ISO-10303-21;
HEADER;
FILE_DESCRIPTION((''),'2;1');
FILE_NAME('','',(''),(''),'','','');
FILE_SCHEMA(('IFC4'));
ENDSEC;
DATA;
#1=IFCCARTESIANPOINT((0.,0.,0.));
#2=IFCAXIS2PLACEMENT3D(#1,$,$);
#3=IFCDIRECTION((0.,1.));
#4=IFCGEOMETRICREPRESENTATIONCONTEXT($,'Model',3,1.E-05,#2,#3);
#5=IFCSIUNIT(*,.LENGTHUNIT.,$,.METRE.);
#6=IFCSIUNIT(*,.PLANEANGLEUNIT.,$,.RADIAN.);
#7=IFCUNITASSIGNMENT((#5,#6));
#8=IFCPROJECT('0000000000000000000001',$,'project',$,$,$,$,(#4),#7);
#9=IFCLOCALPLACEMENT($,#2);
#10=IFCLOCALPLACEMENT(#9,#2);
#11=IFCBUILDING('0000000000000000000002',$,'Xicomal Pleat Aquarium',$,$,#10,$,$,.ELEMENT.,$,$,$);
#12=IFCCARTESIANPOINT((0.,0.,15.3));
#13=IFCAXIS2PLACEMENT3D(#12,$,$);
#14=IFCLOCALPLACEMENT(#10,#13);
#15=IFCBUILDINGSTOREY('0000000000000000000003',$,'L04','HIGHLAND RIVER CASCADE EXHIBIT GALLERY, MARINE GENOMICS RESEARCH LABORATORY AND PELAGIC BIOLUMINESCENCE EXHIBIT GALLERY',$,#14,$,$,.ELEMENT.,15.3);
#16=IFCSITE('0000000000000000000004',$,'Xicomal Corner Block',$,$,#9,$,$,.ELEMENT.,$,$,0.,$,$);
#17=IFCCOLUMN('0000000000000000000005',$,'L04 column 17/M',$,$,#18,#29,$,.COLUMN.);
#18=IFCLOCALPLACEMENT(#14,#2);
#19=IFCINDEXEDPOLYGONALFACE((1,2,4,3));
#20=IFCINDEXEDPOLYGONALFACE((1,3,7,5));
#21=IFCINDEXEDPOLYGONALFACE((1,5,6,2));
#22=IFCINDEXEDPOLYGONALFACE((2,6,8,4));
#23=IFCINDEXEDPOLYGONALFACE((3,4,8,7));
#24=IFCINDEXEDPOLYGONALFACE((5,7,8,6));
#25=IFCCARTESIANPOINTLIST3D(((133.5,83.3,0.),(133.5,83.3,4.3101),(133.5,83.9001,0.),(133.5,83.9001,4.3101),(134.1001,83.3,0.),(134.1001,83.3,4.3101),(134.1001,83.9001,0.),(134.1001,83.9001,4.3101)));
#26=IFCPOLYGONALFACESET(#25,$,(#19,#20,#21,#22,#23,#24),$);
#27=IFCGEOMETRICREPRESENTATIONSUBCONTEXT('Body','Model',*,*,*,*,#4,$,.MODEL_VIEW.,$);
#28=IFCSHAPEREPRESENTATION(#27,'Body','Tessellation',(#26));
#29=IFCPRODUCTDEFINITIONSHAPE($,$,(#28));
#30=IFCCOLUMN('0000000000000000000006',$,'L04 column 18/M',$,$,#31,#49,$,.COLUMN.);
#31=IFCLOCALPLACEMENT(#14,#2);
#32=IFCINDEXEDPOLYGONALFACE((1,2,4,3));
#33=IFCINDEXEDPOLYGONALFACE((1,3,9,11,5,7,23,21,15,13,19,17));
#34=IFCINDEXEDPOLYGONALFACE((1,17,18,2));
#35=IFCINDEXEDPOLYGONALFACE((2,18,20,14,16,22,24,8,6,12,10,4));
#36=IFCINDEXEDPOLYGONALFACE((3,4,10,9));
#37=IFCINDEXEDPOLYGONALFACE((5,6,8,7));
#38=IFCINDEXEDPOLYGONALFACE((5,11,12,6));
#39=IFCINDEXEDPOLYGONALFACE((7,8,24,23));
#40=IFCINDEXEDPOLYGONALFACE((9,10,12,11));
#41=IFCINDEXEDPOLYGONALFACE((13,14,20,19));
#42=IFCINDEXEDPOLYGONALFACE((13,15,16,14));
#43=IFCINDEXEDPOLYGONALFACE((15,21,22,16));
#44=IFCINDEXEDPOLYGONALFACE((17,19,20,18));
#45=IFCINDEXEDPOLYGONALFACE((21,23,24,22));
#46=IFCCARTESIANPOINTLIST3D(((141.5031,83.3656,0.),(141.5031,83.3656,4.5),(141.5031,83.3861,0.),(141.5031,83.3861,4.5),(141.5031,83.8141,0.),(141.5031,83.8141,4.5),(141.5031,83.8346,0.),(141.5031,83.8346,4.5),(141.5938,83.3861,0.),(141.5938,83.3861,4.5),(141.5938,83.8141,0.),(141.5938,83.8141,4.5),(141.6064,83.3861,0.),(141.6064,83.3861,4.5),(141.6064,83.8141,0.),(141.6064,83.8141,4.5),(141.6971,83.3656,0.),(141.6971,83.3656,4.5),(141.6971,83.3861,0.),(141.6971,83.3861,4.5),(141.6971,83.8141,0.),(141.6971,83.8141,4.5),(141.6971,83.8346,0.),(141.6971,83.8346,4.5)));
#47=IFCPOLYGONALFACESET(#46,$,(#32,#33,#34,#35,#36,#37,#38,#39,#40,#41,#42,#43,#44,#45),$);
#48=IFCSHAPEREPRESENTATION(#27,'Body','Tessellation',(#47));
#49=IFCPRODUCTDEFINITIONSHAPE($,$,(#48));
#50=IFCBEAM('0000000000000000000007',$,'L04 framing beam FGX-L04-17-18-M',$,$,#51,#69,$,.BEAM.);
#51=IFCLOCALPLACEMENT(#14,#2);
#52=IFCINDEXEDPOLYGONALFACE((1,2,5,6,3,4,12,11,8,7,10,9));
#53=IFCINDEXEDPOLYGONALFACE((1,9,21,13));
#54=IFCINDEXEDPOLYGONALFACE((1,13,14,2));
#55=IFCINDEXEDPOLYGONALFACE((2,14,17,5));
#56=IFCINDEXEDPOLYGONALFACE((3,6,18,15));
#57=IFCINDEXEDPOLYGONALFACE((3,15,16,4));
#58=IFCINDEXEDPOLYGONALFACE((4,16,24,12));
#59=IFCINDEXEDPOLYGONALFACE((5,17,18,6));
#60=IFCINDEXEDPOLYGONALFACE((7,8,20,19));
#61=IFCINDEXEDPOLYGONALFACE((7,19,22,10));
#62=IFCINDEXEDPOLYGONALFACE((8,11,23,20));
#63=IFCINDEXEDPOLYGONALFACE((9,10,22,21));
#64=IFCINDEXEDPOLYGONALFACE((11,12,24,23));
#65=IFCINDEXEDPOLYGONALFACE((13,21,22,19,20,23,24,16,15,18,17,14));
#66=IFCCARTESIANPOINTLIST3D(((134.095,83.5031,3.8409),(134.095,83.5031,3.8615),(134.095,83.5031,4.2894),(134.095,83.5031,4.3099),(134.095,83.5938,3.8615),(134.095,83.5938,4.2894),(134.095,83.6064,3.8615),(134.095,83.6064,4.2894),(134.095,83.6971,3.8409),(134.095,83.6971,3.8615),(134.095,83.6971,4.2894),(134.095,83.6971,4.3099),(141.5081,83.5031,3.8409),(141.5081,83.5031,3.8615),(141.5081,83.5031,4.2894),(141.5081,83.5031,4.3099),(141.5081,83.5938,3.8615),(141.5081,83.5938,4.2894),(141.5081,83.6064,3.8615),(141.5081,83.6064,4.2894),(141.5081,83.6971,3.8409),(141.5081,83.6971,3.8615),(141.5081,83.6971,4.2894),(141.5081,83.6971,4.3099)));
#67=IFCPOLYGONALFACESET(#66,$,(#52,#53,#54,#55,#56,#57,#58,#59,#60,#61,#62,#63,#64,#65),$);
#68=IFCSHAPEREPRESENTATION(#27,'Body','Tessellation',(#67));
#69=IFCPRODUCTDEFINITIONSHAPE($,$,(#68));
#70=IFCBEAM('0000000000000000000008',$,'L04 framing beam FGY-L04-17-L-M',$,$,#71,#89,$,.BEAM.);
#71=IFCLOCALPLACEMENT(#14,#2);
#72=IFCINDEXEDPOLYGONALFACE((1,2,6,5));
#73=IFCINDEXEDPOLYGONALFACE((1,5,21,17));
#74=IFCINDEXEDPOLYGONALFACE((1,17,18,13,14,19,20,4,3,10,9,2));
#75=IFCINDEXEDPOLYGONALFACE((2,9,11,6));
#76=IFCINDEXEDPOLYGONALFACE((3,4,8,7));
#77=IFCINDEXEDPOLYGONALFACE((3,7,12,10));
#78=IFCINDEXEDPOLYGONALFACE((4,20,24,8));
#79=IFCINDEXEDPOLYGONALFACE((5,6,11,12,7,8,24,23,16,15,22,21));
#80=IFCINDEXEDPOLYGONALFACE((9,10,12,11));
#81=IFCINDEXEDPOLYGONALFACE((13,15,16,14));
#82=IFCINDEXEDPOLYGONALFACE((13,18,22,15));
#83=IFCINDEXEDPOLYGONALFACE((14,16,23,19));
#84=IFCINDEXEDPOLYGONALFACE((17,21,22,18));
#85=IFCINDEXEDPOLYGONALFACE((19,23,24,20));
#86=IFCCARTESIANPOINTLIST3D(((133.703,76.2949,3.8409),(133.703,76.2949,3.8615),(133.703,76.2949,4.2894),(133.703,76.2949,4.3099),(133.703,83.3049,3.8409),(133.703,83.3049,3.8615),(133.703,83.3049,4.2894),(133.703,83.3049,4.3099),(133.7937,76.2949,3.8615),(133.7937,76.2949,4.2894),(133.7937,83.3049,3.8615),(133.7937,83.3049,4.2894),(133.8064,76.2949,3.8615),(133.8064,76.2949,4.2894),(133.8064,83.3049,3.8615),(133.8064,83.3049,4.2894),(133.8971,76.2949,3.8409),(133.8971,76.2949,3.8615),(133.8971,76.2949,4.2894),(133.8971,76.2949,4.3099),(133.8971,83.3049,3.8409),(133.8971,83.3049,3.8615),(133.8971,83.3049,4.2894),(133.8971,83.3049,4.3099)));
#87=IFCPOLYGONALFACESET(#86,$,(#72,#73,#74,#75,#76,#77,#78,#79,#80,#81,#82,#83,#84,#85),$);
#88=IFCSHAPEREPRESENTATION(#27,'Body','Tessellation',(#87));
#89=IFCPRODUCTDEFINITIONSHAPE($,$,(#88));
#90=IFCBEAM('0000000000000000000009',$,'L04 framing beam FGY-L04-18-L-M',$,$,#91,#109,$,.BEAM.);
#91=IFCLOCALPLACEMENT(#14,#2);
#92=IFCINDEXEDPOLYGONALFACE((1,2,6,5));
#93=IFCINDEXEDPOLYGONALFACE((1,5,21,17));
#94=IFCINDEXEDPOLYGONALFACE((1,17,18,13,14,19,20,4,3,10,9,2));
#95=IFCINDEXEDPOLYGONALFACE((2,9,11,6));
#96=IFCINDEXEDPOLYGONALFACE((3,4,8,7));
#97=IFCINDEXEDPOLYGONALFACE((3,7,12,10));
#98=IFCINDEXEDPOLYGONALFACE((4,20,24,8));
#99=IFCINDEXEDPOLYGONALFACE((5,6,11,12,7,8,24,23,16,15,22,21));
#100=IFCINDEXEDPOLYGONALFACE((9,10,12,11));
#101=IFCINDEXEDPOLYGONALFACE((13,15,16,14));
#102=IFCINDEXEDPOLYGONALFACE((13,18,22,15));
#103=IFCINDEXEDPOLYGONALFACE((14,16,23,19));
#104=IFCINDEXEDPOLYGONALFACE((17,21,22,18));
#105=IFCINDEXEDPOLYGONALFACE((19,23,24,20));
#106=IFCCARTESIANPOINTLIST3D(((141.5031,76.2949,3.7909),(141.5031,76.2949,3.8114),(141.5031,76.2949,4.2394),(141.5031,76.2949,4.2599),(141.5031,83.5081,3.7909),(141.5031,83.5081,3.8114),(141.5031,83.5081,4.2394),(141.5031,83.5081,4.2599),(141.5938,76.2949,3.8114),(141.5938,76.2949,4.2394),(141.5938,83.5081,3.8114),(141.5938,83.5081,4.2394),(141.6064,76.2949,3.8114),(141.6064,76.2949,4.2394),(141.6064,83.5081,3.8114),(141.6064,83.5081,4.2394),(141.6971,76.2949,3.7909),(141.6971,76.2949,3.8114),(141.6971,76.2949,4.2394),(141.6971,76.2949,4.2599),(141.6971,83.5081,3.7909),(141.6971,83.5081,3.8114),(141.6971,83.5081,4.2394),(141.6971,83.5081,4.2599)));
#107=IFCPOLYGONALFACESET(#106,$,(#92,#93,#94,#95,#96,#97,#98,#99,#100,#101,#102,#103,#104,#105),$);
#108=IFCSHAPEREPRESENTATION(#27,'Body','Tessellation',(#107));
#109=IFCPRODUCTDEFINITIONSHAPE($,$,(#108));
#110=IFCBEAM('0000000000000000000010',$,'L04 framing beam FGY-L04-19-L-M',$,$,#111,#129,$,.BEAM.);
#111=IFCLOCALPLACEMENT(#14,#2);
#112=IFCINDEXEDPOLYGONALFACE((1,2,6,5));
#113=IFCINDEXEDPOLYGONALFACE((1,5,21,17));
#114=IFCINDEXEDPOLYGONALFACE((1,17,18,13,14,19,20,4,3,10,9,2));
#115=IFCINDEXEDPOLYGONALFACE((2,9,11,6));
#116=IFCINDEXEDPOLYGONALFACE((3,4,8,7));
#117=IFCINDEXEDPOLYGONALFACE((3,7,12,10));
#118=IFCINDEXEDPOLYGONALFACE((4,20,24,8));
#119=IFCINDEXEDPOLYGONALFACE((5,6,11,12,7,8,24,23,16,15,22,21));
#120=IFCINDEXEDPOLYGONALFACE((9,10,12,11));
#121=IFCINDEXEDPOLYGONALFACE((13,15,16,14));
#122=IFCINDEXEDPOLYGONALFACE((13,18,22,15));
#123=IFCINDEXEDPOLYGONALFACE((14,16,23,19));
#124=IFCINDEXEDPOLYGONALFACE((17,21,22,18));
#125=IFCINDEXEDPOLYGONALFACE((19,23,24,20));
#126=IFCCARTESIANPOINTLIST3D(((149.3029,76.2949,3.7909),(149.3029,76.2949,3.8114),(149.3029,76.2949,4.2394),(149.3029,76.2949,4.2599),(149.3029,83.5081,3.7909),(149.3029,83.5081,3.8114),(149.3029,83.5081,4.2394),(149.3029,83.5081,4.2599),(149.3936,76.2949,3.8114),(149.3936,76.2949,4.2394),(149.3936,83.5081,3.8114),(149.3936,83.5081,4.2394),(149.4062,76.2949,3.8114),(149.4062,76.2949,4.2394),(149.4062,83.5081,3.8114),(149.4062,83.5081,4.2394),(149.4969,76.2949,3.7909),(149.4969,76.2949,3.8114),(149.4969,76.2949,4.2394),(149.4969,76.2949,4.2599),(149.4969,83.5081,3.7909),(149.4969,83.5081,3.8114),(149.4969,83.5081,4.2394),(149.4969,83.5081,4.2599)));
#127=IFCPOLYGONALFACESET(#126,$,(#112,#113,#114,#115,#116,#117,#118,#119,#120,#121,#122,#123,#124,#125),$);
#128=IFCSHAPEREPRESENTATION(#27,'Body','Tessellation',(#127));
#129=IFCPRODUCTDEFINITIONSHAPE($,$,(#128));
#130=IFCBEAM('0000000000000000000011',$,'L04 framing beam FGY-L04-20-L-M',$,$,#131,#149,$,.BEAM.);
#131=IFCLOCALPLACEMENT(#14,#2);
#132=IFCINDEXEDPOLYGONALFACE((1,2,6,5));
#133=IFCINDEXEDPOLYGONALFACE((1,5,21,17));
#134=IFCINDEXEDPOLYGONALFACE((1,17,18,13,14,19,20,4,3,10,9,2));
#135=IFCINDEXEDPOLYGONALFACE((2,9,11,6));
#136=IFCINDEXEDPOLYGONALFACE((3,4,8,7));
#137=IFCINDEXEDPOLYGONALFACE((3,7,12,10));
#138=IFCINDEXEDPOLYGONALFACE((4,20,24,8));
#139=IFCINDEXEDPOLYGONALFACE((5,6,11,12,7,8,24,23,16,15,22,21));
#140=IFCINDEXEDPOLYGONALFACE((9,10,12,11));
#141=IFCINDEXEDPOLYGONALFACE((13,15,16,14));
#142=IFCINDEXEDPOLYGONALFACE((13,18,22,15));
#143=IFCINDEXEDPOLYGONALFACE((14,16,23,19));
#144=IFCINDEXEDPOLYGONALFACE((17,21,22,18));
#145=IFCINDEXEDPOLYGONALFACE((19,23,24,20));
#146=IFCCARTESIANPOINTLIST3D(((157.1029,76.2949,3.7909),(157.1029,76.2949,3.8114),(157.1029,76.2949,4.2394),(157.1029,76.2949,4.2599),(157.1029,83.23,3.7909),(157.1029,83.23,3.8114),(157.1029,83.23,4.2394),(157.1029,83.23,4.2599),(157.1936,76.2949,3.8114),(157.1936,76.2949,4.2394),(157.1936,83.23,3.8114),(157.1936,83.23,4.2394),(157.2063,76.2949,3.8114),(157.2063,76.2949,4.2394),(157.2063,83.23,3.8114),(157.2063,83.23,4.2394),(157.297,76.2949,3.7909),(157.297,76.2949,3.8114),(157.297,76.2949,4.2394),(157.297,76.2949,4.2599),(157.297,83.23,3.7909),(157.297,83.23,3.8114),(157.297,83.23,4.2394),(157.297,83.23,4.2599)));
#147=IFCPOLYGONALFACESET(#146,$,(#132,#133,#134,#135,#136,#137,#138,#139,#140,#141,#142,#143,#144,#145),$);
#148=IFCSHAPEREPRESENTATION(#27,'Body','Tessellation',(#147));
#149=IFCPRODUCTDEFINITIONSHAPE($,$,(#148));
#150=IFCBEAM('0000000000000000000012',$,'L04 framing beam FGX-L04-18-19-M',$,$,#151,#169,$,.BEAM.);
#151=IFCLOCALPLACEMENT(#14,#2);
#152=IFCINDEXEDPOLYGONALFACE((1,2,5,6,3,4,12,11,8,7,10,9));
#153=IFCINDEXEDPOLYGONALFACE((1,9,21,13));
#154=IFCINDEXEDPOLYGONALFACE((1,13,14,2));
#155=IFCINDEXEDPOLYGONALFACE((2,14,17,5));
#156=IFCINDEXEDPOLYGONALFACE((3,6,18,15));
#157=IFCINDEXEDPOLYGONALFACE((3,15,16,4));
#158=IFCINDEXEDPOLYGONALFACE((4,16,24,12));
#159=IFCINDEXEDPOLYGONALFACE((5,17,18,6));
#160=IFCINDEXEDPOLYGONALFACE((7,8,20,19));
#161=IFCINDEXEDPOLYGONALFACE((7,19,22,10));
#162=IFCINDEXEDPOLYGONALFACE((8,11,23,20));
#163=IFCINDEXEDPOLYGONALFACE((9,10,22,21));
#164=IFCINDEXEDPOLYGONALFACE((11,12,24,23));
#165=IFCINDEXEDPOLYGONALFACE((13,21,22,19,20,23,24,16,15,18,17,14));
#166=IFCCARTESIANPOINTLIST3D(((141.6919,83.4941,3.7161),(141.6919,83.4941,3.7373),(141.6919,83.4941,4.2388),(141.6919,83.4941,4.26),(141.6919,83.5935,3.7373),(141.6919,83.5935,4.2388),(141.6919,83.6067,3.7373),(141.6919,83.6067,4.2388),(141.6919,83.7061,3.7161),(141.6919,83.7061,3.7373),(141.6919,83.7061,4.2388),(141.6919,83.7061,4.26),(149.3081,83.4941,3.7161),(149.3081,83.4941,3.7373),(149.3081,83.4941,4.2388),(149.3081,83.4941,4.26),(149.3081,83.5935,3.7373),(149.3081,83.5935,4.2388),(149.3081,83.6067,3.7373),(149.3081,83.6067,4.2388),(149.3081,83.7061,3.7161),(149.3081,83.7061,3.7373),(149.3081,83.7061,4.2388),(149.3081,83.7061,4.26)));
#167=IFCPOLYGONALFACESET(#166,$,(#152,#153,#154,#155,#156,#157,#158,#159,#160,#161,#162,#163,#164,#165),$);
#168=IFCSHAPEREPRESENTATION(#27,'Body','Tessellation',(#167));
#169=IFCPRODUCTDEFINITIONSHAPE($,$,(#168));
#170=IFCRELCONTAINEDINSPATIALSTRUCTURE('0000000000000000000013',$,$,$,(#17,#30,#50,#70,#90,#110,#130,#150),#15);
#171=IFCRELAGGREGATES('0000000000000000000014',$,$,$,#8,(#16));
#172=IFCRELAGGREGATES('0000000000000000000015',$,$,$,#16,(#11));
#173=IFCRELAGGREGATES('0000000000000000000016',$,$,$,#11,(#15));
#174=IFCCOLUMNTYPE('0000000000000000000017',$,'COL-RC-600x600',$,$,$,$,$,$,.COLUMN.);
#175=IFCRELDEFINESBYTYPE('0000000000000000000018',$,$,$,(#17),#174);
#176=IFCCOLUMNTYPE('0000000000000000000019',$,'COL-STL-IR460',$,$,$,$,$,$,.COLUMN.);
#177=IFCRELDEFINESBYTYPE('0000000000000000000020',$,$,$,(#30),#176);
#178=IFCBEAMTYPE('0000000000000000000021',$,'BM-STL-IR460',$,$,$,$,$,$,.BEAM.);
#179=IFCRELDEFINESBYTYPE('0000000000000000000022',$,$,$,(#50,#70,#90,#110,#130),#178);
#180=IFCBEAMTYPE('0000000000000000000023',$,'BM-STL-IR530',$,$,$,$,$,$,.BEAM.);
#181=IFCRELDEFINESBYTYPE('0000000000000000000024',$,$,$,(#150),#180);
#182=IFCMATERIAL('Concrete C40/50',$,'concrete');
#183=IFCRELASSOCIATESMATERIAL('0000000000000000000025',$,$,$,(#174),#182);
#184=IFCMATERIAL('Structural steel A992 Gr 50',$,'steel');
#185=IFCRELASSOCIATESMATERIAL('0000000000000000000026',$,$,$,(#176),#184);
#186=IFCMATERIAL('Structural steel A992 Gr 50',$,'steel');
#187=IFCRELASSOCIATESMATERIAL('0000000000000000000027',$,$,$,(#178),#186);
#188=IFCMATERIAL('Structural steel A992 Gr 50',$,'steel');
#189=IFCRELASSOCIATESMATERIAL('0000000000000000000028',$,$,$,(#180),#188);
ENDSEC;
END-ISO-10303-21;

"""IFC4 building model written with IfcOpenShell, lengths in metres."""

from ifc_helpers import new_model, si_unit, direction, frame, origin, origin_2d, place, context, subcontext, project, spatial, rectangle, i_section, extrude, material, material_profile, profile_set, type_object, element, save


model = new_model("IFC4")

# Units and contexts
model_context = context("Model", 3, precision=1e-05, world=origin(), true_north=direction((0.0, 1.0)))
body_context = subcontext(model_context, "Body", "Model", "MODEL_VIEW")
ifc_project = project(units=[si_unit("LENGTHUNIT", "METRE"), si_unit("PLANEANGLEUNIT", "RADIAN")], contexts=[model_context])

# Site, building, storey
site_placement = place(None, origin())
site = spatial("IfcSite", under=ifc_project, at=site_placement, Name="Xicomal Corner Block", CompositionType="ELEMENT", RefElevation=0.0)
building_placement = place(site_placement, origin())
building = spatial("IfcBuilding", under=site, at=building_placement, Name="Xicomal Pleat Aquarium", CompositionType="ELEMENT")
storey_placement = place(building_placement, frame((0.0, 0.0, 15.3)))
storey = spatial("IfcBuildingStorey", under=building, at=storey_placement, Name="L04", Description="HIGHLAND RIVER CASCADE EXHIBIT GALLERY, MARINE GENOMICS RESEARCH LABORATORY AND PELAGIC BIOLUMINESCENCE EXHIBIT GALLERY", CompositionType="ELEMENT", Elevation=15.3)

# Columns
ifc_material_1 = material(Name="Concrete C40/50", Category="concrete")
ifc_material_profile_1 = material_profile(ifc_material_1, rectangle(XDim=0.6001, YDim=0.6001, at=origin_2d()), Name="RC 600x600")
ifc_profile_set_1 = profile_set([ifc_material_profile_1], Name="Concrete C40/50")
column_type_1 = type_object("IfcColumnType", Name="COL-RC-600x600", PredefinedType="COLUMN", material=ifc_profile_set_1)
column_1_placement = place(storey_placement, frame((133.8, 83.6001, 0.0), z_axis=(0.0, 0.0, 1.0), x_axis=(1.0, 0.0, 0.0)))
element("IfcColumn", 1, at=column_1_placement, inside=storey, type_object=column_type_1, Name="L04 column 17/M", PredefinedType="COLUMN", context=body_context, shape_type="SweptSolid", body=[
    extrude(rectangle(XDim=0.6001, YDim=0.6001, at=origin_2d()), origin(), (0.0, 0.0, 1.0), 4.3101),
])
ifc_material_2 = material(Name="Structural steel A992 Gr 50", Category="steel")
ifc_material_profile_2 = material_profile(ifc_material_2, i_section(OverallWidth=0.1941, OverallDepth=0.469, WebThickness=0.0127, FlangeThickness=0.0205, at=origin_2d()), Name="IR 460x106")
ifc_profile_set_2 = profile_set([ifc_material_profile_2], Name="Structural steel A992 Gr 50")
column_type_2 = type_object("IfcColumnType", Name="COL-STL-IR460", PredefinedType="COLUMN", material=ifc_profile_set_2)
column_2_placement = place(storey_placement, frame((141.6001, 83.6001, 0.0), z_axis=(0.0, 0.0, 1.0), x_axis=(1.0, 0.0, 0.0)))
element("IfcColumn", 2, at=column_2_placement, inside=storey, type_object=column_type_2, Name="L04 column 18/M", PredefinedType="COLUMN", context=body_context, shape_type="SweptSolid", body=[
    extrude(i_section(OverallWidth=0.1941, OverallDepth=0.469, WebThickness=0.0127, FlangeThickness=0.0205, at=origin_2d()), origin(), (0.0, 0.0, 1.0), 4.5),
])

# Beams
ifc_material_3 = material(Name="Structural steel A992 Gr 50", Category="steel")
ifc_material_profile_3 = material_profile(ifc_material_3, i_section(OverallWidth=0.1941, OverallDepth=0.469, WebThickness=0.0127, FlangeThickness=0.0205, at=origin_2d()), Name="IR 460x106")
ifc_profile_set_3 = profile_set([ifc_material_profile_3], Name="Structural steel A992 Gr 50")
beam_type_1 = type_object("IfcBeamType", Name="BM-STL-IR460", PredefinedType="BEAM", material=ifc_profile_set_3)
beam_1_placement = place(storey_placement, frame((134.095, 83.6001, 4.0754), z_axis=(1.0, 0.0, 0.0), x_axis=(0.0, 1.0, 0.0)))
element("IfcBeam", 3, at=beam_1_placement, inside=storey, type_object=beam_type_1, Name="L04 framing beam FGX-L04-17-18-M", PredefinedType="BEAM", context=body_context, shape_type="SweptSolid", body=[
    extrude(i_section(OverallWidth=0.1941, OverallDepth=0.469, WebThickness=0.0127, FlangeThickness=0.0205, at=origin_2d()), origin(), (0.0, 0.0, 1.0), 7.4131),
])
beam_2_placement = place(storey_placement, frame((133.8, 76.2949, 4.0754), z_axis=(0.0, 1.0, 0.0), x_axis=(-1.0, 0.0, 0.0)))
element("IfcBeam", 4, at=beam_2_placement, inside=storey, type_object=beam_type_1, Name="L04 framing beam FGY-L04-17-L-M", PredefinedType="BEAM", context=body_context, shape_type="SweptSolid", body=[
    extrude(i_section(OverallWidth=0.1941, OverallDepth=0.469, WebThickness=0.0127, FlangeThickness=0.0205, at=origin_2d()), origin(), (0.0, 0.0, 1.0), 7.01),
])
for number, where, z_axis, x_axis, name in (
    (5, (141.6001, 76.2949, 4.0254), (0.0, 1.0, 0.0), (-1.0, 0.0, 0.0), "L04 framing beam FGY-L04-18-L-M"),
    (6, (149.3999, 76.2949, 4.0254), (0.0, 1.0, 0.0), (-1.0, 0.0, 0.0), "L04 framing beam FGY-L04-19-L-M"),
):
    element("IfcBeam", number, at=place(storey_placement, frame(where, z_axis=z_axis, x_axis=x_axis)), inside=storey, type_object=beam_type_1, Name=name, PredefinedType="BEAM", context=body_context, shape_type="SweptSolid", body=[
        extrude(i_section(OverallWidth=0.1941, OverallDepth=0.469, WebThickness=0.0127, FlangeThickness=0.0205, at=origin_2d()), origin(), (0.0, 0.0, 1.0), 7.2131),
    ])
beam_3_placement = place(storey_placement, frame((157.2, 76.2949, 4.0254), z_axis=(0.0, 1.0, 0.0), x_axis=(-1.0, 0.0, 0.0)))
element("IfcBeam", 7, at=beam_3_placement, inside=storey, type_object=beam_type_1, Name="L04 framing beam FGY-L04-20-L-M", PredefinedType="BEAM", context=body_context, shape_type="SweptSolid", body=[
    extrude(i_section(OverallWidth=0.1941, OverallDepth=0.469, WebThickness=0.0127, FlangeThickness=0.0205, at=origin_2d()), origin(), (0.0, 0.0, 1.0), 6.9351),
])
ifc_material_4 = material(Name="Structural steel A992 Gr 50", Category="steel")
ifc_material_profile_4 = material_profile(ifc_material_4, i_section(OverallWidth=0.2119, OverallDepth=0.5439, WebThickness=0.0132, FlangeThickness=0.0212, at=origin_2d()), Name="IR 530x123")
ifc_profile_set_4 = profile_set([ifc_material_profile_4], Name="Structural steel A992 Gr 50")
beam_type_2 = type_object("IfcBeamType", Name="BM-STL-IR530", PredefinedType="BEAM", material=ifc_profile_set_4)
beam_4_placement = place(storey_placement, frame((141.6919, 83.6001, 3.988), z_axis=(1.0, 0.0, 0.0), x_axis=(0.0, 1.0, 0.0)))
element("IfcBeam", 8, at=beam_4_placement, inside=storey, type_object=beam_type_2, Name="L04 framing beam FGX-L04-18-19-M", PredefinedType="BEAM", context=body_context, shape_type="SweptSolid", body=[
    extrude(i_section(OverallWidth=0.2119, OverallDepth=0.5439, WebThickness=0.0132, FlangeThickness=0.0212, at=origin_2d()), origin(), (0.0, 0.0, 1.0), 7.6162),
])

save(model, "model.ifc")
